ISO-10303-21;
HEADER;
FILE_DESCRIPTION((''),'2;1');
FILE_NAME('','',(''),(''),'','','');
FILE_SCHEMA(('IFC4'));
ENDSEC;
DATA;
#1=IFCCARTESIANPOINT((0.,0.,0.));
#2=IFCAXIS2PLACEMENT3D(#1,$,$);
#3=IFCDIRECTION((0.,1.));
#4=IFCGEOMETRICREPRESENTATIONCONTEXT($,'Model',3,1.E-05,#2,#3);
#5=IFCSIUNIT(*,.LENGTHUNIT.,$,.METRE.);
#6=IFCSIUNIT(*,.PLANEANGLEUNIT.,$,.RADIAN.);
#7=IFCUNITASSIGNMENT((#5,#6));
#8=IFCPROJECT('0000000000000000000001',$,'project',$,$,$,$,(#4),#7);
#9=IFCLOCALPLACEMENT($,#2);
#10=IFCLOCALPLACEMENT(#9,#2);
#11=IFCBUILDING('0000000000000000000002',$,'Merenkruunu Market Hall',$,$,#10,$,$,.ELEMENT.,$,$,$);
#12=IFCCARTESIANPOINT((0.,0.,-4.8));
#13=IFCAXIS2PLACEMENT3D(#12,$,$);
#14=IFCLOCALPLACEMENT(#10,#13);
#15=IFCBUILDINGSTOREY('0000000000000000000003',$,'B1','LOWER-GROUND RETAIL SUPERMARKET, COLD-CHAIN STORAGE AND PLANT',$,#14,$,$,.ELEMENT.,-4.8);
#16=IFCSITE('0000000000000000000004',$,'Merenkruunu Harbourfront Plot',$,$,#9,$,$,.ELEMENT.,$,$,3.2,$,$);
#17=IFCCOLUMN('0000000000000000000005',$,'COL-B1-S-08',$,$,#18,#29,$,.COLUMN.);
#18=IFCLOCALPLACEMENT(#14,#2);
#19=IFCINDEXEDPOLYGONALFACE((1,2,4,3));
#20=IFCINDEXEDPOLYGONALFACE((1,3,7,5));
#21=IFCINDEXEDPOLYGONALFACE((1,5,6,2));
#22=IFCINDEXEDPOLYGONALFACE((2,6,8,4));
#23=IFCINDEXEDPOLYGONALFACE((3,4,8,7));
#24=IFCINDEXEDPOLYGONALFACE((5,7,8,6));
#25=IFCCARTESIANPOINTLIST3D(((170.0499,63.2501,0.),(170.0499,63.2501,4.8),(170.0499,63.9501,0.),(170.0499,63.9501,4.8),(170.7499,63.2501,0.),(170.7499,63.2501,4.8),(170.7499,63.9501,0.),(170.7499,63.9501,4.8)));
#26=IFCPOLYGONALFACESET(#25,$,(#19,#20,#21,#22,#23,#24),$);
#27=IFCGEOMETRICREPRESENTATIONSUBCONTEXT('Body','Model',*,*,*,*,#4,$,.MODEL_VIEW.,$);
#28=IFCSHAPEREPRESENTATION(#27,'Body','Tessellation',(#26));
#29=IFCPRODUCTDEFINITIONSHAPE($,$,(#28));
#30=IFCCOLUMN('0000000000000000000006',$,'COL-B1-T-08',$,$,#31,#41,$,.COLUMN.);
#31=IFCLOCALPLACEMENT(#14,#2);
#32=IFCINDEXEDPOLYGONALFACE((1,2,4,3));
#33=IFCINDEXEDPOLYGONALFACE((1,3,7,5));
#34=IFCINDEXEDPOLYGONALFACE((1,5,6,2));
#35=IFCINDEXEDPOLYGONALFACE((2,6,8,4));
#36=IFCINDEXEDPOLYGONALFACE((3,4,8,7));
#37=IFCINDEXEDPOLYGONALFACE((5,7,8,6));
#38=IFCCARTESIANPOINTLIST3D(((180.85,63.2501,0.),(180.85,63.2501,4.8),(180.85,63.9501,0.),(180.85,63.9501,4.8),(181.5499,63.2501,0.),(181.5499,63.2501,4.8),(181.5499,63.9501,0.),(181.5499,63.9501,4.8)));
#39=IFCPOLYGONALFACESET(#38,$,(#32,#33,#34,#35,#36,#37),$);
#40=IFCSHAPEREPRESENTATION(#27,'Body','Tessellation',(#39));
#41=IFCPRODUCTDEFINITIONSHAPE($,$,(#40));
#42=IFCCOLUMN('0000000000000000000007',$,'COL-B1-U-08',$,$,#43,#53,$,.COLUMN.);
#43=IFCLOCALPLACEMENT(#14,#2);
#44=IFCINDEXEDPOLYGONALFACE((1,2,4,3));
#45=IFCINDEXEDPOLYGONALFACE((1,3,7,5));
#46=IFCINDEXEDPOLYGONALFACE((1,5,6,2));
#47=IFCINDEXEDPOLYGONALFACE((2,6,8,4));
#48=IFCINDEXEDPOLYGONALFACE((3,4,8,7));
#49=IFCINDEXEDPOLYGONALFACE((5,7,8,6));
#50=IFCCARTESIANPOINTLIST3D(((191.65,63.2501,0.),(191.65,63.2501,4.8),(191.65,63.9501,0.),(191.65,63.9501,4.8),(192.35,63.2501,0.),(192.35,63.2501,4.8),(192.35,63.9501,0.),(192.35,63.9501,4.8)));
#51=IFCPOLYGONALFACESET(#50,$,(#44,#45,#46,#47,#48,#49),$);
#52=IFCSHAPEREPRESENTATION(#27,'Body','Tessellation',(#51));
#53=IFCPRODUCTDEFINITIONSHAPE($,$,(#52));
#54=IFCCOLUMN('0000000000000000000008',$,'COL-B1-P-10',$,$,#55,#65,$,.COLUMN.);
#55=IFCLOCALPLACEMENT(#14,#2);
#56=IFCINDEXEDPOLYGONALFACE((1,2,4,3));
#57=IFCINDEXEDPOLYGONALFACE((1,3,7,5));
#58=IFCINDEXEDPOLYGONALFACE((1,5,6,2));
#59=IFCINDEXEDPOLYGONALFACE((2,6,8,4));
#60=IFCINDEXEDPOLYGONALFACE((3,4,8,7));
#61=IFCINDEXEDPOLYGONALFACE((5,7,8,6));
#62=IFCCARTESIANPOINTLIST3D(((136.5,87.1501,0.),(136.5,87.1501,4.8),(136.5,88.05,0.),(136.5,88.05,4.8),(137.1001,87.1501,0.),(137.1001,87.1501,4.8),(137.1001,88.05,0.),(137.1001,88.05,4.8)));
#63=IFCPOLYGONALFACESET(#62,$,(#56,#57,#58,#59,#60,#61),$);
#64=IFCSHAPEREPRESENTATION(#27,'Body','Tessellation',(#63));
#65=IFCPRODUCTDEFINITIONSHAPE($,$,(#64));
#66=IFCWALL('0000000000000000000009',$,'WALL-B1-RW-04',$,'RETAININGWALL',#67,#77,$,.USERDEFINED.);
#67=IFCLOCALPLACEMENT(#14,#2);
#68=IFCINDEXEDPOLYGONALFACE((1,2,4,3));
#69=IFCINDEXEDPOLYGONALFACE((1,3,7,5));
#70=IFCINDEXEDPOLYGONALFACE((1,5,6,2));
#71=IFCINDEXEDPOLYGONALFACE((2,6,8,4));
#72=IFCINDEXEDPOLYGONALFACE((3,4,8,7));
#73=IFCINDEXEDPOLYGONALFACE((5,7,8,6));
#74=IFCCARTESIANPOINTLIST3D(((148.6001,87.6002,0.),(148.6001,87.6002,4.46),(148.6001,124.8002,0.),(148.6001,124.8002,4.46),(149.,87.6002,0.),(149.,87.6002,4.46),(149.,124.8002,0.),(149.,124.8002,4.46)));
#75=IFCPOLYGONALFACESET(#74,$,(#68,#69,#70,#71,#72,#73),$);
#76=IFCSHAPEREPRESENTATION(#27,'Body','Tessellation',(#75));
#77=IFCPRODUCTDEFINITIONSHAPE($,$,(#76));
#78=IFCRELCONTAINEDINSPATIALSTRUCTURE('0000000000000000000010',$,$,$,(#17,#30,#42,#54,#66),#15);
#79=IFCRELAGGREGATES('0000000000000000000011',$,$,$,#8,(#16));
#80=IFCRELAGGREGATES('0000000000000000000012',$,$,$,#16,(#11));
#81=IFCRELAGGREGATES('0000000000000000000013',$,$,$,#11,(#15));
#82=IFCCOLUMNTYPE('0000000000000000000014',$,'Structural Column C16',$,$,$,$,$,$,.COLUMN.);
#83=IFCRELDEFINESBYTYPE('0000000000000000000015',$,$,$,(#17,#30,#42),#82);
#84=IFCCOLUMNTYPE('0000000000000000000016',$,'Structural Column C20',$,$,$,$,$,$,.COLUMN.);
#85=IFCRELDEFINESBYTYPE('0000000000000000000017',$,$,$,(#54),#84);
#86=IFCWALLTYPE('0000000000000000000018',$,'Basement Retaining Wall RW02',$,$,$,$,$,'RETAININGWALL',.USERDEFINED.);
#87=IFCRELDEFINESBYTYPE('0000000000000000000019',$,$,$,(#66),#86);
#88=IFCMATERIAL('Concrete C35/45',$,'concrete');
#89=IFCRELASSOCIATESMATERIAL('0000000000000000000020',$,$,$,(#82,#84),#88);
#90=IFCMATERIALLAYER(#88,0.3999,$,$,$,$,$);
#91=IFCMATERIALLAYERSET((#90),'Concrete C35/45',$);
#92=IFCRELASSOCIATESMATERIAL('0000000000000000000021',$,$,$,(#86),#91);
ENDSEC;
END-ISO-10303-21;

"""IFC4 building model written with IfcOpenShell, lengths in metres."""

from ifc_helpers import new_model, si_unit, direction, frame, frame_2d, origin, origin_2d, place, context, subcontext, project, spatial, rectangle, extrude, material, layer, layer_set, material_profile, profile_set, type_object, element, save


model = new_model("IFC4")

# Units and contexts
model_context = context("Model", 3, precision=1e-05, world=origin(), true_north=direction((0.0, 1.0)))
body_context = subcontext(model_context, "Body", "Model", "MODEL_VIEW")
ifc_project = project(units=[si_unit("LENGTHUNIT", "METRE"), si_unit("PLANEANGLEUNIT", "RADIAN")], contexts=[model_context])

# Site, building, storey
site_placement = place(None, origin())
site = spatial("IfcSite", under=ifc_project, at=site_placement, Name="Merenkruunu Harbourfront Plot", CompositionType="ELEMENT", RefElevation=3.2)
building_placement = place(site_placement, origin())
building = spatial("IfcBuilding", under=site, at=building_placement, Name="Merenkruunu Market Hall", CompositionType="ELEMENT")
storey_placement = place(building_placement, frame((0.0, 0.0, -4.8)))
storey = spatial("IfcBuildingStorey", under=building, at=storey_placement, Name="B1", Description="LOWER-GROUND RETAIL SUPERMARKET, COLD-CHAIN STORAGE AND PLANT", CompositionType="ELEMENT", Elevation=-4.8)

# Shared definitions
ifc_material = material(Name="Concrete C35/45", Category="concrete")

# Columns
ifc_material_profile_1 = material_profile(ifc_material, rectangle(XDim=0.7, YDim=0.7, at=origin_2d()), Name="RC 700x700")
ifc_profile_set_1 = profile_set([ifc_material_profile_1], Name="Concrete C35/45")
column_type_1 = type_object("IfcColumnType", Name="Structural Column C16", PredefinedType="COLUMN", material=ifc_profile_set_1)
for number, where, z_axis, x_axis, name in (
    (1, (170.3999, 63.6001, 0.0), (0.0, 0.0, 1.0), (1.0, 0.0, 0.0), "COL-B1-S-08"),
    (2, (181.2, 63.6001, 0.0), (0.0, 0.0, 1.0), (1.0, 0.0, 0.0), "COL-B1-T-08"),
    (3, (192.0, 63.6001, 0.0), (0.0, 0.0, 1.0), (1.0, 0.0, 0.0), "COL-B1-U-08"),
):
    element("IfcColumn", number, at=place(storey_placement, frame(where, z_axis=z_axis, x_axis=x_axis)), inside=storey, type_object=column_type_1, Name=name, PredefinedType="COLUMN", context=body_context, shape_type="SweptSolid", body=[
        extrude(rectangle(XDim=0.7, YDim=0.7, at=origin_2d()), origin(), (0.0, 0.0, 1.0), 4.8),
    ])
ifc_material_profile_2 = material_profile(ifc_material, rectangle(XDim=0.6001, YDim=0.8999, at=origin_2d()), Name="RC 600x900")
ifc_profile_set_2 = profile_set([ifc_material_profile_2], Name="Concrete C35/45")
column_type_2 = type_object("IfcColumnType", Name="Structural Column C20", PredefinedType="COLUMN", material=ifc_profile_set_2)
column_placement = place(storey_placement, frame((136.8, 87.6001, 0.0), z_axis=(0.0, 0.0, 1.0), x_axis=(1.0, 0.0, 0.0)))
element("IfcColumn", 4, at=column_placement, inside=storey, type_object=column_type_2, Name="COL-B1-P-10", PredefinedType="COLUMN", context=body_context, shape_type="SweptSolid", body=[
    extrude(rectangle(XDim=0.6001, YDim=0.8999, at=origin_2d()), origin(), (0.0, 0.0, 1.0), 4.8),
])

# Wall
ifc_layer_1 = layer(ifc_material, 0.3999)
ifc_layer_set_1 = layer_set([ifc_layer_1], Name="Concrete C35/45")
wall_type = type_object("IfcWallType", Name="Basement Retaining Wall RW02", ElementType="RETAININGWALL", PredefinedType="USERDEFINED", material=ifc_layer_set_1)
wall_placement = place(storey_placement, frame((148.8, 87.6001, 0.0), z_axis=(0.0, 0.0, 1.0), x_axis=(0.0, 1.0, 0.0)))
element("IfcWall", 5, at=wall_placement, inside=storey, type_object=wall_type, Name="WALL-B1-RW-04", ObjectType="RETAININGWALL", PredefinedType="USERDEFINED", context=body_context, shape_type="SweptSolid", body=[
    extrude(rectangle(XDim=37.2, YDim=0.3999, at=frame_2d((18.6001, 0.0))), origin(), (0.0, 0.0, 1.0), 4.46),
])

save(model, "model.ifc")
